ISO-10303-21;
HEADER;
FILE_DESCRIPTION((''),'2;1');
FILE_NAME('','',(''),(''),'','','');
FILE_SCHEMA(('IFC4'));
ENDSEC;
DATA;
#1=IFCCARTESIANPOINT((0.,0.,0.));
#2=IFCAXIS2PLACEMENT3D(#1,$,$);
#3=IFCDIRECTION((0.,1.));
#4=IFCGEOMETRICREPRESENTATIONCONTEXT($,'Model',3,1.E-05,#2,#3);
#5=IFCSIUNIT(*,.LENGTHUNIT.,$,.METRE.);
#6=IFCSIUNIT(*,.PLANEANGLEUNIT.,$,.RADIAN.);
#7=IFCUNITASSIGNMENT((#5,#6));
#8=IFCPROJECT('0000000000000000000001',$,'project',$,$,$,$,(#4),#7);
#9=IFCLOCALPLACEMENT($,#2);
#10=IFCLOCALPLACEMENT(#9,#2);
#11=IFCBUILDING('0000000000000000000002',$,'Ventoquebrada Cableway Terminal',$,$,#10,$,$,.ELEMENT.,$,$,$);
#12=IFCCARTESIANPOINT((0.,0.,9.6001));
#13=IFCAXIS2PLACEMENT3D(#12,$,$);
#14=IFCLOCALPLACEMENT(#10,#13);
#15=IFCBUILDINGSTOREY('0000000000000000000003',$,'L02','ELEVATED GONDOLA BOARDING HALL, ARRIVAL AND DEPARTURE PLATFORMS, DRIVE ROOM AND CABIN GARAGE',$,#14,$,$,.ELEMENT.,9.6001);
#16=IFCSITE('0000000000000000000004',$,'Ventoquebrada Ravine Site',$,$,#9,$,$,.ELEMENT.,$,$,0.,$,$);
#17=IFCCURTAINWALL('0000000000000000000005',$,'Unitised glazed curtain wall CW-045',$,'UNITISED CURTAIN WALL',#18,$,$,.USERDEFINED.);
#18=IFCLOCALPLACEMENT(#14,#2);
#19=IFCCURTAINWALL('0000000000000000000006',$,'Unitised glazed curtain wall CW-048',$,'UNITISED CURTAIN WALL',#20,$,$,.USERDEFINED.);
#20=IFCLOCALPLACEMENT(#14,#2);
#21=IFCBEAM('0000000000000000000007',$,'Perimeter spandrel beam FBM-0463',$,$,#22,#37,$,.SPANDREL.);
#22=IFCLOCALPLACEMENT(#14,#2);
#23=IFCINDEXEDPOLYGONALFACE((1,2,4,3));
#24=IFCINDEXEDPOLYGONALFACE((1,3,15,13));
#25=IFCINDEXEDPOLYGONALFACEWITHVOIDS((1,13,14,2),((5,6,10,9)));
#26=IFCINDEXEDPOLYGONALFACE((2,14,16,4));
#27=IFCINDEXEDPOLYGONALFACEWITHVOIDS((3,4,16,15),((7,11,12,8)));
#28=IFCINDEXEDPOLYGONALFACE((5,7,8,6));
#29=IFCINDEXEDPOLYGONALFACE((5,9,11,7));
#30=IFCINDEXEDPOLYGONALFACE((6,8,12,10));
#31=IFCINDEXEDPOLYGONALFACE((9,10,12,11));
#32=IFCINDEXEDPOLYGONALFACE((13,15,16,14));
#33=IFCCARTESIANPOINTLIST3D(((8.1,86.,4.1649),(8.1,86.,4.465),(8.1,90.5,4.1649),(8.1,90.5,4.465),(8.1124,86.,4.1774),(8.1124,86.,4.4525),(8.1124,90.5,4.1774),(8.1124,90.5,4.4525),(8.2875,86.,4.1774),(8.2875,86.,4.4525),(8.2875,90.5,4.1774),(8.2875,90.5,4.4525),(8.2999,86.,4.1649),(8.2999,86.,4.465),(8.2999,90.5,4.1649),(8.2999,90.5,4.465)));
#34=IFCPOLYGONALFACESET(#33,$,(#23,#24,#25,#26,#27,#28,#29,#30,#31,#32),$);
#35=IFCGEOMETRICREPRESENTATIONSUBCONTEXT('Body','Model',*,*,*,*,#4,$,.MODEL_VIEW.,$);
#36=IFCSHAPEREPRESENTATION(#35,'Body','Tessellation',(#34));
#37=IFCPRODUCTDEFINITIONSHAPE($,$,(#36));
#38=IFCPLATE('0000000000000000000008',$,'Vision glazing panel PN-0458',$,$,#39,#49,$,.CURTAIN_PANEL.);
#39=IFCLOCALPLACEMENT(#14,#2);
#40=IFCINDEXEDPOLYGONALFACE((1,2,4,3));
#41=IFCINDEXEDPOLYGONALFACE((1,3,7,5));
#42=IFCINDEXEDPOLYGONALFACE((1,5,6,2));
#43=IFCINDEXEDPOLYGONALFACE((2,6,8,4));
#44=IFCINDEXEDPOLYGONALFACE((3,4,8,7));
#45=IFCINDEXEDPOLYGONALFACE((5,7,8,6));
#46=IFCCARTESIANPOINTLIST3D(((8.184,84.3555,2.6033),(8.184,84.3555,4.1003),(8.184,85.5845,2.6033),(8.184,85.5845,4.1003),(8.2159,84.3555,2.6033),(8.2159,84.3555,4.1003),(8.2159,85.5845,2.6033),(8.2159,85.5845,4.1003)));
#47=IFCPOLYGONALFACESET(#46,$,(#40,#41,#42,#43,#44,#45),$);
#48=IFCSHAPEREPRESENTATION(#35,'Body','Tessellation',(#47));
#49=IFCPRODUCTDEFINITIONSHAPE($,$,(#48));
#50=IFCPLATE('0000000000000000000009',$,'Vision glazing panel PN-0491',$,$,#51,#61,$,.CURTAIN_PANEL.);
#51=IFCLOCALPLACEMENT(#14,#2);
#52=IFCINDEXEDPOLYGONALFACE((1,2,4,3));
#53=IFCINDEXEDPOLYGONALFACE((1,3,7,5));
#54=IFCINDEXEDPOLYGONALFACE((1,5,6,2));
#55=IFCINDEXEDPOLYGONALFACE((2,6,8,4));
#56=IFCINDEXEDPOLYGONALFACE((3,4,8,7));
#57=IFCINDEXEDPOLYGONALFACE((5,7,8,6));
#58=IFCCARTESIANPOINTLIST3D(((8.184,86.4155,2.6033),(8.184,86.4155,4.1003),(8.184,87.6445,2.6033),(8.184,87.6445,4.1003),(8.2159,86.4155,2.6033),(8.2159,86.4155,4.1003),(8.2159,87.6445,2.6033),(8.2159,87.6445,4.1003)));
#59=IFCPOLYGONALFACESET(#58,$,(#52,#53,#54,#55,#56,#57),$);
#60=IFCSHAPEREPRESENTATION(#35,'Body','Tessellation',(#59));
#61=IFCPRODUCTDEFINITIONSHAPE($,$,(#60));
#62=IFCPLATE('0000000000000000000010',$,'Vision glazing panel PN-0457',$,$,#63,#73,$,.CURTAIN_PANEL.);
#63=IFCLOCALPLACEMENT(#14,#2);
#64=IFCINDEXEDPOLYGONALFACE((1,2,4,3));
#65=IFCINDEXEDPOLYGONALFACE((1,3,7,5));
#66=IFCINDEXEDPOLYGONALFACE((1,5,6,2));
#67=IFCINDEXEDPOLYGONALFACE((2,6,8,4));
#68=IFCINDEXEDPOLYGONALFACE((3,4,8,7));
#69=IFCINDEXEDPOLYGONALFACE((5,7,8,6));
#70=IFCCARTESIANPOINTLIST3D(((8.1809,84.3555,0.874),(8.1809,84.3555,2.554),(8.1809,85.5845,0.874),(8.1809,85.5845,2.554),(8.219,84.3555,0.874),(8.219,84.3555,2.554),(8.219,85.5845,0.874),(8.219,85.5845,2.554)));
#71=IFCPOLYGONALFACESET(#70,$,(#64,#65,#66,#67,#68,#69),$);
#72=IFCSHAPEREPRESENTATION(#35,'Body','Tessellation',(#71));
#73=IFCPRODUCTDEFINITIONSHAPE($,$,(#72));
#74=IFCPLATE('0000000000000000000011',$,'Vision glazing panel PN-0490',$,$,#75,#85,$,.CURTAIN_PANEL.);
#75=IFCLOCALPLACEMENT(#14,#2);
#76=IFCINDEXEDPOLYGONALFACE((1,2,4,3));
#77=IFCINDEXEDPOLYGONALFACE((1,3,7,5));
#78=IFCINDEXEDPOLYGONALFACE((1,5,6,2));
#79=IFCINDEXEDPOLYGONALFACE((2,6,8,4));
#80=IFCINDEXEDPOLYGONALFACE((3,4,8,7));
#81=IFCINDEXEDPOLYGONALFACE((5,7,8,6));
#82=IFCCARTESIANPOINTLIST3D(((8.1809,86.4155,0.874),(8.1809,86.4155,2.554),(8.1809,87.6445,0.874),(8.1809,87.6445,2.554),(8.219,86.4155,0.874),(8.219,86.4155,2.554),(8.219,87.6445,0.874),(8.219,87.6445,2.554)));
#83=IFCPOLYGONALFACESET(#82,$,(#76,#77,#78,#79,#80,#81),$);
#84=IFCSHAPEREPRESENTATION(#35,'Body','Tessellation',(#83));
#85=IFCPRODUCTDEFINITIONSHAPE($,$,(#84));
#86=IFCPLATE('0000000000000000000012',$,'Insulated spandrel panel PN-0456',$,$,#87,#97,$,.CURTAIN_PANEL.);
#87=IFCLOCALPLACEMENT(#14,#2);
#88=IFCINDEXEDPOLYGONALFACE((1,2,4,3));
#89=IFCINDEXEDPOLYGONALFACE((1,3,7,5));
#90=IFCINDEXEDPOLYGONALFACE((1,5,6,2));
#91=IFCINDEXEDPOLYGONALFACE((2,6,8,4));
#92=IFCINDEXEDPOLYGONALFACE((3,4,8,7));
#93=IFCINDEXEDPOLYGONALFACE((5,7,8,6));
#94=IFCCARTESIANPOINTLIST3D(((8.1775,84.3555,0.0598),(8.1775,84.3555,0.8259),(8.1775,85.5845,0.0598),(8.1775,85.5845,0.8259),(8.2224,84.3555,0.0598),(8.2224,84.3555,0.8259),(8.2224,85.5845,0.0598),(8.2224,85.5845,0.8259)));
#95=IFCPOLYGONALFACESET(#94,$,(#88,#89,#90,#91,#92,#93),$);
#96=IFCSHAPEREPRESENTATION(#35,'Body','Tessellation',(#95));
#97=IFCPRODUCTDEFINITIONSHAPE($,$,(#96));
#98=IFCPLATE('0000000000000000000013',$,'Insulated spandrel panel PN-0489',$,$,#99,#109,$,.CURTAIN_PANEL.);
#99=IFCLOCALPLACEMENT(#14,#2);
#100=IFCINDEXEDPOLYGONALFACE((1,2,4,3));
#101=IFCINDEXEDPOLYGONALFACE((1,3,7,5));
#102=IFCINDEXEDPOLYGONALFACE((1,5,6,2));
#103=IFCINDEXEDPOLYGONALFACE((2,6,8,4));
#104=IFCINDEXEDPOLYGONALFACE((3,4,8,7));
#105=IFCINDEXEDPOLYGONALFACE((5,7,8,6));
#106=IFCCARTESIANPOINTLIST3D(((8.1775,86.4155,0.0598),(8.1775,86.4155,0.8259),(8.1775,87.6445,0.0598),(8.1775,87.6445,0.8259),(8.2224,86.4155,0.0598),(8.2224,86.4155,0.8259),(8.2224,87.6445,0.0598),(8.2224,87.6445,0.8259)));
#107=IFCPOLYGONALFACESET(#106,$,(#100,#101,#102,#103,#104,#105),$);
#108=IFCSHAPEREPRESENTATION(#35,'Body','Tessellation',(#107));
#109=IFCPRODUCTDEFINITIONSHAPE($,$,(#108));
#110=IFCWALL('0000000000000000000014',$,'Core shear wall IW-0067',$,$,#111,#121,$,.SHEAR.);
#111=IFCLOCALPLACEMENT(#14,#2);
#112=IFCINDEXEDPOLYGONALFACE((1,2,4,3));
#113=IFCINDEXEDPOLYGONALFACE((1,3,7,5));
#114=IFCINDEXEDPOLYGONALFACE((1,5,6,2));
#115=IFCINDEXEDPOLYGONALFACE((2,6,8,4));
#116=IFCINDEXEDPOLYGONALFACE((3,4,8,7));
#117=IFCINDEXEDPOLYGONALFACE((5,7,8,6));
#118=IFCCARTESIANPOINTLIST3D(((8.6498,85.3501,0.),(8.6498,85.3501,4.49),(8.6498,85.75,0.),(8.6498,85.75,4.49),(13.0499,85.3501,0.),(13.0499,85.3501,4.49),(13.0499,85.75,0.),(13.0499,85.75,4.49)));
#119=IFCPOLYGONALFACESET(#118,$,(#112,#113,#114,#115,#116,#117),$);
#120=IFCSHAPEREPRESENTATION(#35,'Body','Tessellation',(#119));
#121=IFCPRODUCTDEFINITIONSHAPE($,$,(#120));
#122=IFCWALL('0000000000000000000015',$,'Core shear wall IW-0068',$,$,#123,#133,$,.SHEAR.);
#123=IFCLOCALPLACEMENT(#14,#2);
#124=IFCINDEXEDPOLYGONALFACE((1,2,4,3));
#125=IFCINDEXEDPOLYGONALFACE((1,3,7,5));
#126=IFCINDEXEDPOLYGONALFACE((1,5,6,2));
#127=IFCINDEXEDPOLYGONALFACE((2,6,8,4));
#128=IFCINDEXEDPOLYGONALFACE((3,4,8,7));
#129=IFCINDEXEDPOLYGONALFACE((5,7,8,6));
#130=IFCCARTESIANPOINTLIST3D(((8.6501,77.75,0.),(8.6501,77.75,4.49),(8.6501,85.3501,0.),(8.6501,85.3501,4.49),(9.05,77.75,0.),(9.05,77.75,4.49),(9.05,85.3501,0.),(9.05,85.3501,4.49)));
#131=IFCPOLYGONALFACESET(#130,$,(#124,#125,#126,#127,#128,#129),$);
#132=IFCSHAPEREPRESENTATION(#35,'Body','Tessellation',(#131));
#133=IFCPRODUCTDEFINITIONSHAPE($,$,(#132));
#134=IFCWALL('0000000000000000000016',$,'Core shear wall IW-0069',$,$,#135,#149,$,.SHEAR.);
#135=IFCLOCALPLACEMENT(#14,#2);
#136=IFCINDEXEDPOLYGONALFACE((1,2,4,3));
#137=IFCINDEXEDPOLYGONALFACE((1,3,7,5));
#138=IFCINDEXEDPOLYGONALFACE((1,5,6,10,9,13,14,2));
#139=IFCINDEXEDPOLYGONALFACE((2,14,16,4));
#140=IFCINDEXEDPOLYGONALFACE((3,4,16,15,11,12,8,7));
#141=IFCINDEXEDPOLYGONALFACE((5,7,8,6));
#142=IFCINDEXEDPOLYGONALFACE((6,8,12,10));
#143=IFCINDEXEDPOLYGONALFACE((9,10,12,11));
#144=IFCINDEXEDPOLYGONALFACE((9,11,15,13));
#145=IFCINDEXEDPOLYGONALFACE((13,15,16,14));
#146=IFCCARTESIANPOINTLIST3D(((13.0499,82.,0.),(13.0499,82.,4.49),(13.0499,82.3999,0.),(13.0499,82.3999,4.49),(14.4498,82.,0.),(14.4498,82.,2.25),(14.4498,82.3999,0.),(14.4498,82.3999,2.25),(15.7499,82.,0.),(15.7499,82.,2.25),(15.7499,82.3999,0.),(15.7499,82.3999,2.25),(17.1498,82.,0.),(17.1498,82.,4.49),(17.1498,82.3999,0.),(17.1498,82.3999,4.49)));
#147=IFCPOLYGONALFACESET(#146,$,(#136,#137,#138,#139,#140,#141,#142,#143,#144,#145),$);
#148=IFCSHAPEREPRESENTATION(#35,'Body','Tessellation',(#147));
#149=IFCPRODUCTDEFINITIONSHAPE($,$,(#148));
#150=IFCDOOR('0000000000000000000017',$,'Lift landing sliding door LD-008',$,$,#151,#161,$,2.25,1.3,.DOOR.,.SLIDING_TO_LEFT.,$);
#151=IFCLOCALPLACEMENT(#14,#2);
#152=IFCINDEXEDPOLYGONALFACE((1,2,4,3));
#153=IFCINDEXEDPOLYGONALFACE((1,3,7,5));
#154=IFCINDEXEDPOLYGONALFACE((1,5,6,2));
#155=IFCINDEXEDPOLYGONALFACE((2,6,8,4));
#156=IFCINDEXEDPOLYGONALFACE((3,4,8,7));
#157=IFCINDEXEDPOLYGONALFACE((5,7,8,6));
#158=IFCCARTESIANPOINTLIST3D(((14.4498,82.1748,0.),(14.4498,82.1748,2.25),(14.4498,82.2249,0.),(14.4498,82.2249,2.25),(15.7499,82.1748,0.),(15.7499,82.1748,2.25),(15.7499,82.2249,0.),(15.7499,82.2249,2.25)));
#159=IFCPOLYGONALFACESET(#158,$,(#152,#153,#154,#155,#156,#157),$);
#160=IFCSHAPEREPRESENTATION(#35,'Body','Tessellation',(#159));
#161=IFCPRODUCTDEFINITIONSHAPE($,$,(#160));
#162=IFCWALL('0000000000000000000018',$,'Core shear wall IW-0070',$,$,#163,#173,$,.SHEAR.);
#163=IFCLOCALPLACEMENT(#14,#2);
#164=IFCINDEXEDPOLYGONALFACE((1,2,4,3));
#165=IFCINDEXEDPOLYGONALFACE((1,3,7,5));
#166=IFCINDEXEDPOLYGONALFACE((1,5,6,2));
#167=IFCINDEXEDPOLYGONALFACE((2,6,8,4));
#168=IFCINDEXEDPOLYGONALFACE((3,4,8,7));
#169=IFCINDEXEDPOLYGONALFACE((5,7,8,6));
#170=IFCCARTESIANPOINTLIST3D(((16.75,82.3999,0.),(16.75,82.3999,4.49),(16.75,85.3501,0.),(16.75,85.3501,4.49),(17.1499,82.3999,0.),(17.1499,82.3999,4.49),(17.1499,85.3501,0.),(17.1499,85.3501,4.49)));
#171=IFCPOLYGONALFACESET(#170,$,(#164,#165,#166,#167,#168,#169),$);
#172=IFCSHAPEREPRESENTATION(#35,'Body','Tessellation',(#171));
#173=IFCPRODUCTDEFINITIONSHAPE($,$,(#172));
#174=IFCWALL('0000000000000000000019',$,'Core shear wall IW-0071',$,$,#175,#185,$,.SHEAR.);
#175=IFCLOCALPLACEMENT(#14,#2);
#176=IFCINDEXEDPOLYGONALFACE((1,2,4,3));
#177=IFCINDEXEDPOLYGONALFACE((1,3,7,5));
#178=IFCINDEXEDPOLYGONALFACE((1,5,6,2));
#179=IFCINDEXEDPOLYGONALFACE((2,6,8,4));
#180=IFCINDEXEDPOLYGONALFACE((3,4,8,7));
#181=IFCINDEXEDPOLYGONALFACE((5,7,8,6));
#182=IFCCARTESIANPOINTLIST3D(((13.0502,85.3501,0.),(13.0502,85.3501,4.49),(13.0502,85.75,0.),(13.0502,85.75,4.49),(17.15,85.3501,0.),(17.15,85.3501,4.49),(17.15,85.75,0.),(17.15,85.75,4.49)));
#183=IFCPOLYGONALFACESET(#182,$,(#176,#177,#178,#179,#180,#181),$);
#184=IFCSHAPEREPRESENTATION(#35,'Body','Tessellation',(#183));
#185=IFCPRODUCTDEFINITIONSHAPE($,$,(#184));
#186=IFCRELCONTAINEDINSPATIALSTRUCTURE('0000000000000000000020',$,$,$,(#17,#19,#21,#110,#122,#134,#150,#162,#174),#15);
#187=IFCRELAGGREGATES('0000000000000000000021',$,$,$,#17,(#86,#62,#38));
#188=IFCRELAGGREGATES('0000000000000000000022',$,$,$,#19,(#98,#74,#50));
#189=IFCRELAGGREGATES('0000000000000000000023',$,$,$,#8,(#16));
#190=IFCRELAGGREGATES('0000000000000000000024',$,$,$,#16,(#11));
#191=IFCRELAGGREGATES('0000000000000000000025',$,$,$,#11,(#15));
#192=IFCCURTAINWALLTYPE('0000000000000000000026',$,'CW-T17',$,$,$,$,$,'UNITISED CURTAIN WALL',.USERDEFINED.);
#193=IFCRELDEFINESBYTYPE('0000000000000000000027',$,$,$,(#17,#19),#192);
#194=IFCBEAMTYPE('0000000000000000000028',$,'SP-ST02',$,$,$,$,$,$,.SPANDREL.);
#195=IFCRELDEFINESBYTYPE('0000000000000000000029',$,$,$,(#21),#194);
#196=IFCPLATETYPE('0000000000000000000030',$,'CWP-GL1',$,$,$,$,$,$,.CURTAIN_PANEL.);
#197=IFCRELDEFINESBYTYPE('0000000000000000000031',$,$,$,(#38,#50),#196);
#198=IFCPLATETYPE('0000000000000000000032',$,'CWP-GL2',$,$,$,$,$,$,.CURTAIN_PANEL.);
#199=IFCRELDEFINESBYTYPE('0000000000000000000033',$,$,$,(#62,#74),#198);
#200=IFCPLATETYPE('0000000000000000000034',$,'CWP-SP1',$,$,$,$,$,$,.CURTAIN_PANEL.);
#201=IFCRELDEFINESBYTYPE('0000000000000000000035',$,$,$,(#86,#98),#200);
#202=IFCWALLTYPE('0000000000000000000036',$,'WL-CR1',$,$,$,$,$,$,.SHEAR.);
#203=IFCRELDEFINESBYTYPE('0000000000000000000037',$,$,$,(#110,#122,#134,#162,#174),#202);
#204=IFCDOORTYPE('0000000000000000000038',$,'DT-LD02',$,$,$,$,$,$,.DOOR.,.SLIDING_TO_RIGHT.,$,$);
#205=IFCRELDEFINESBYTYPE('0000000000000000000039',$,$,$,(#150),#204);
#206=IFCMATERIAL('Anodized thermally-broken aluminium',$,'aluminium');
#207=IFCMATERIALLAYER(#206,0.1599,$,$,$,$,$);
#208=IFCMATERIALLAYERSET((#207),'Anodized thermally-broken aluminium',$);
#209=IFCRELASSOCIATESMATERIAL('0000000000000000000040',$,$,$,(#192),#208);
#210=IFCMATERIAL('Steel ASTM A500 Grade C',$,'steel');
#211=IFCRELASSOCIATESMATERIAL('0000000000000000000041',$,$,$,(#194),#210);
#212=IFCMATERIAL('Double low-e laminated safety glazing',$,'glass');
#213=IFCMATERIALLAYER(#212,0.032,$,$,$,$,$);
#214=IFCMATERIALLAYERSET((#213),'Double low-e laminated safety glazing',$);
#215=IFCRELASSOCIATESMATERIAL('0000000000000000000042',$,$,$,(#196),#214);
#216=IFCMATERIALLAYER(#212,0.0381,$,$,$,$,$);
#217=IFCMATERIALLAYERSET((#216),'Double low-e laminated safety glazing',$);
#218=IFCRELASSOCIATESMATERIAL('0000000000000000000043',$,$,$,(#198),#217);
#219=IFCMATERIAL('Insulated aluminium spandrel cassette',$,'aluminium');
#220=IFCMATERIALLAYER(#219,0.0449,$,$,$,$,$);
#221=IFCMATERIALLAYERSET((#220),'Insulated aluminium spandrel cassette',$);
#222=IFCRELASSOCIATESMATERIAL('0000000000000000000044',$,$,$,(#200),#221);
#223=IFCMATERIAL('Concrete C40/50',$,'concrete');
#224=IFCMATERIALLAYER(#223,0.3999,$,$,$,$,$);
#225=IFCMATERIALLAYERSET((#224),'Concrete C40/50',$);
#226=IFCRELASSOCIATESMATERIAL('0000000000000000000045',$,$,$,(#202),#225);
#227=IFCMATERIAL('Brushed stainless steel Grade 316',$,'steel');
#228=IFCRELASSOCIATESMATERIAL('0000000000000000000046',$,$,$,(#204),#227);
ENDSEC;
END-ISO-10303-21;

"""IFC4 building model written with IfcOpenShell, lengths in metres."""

from ifc_helpers import new_model, si_unit, direction, frame, frame_2d, origin, origin_2d, place, context, subcontext, project, spatial, rectangle, hollow_rectangle, extrude, material, layer, layer_set, material_profile, profile_set, type_object, element, fill, aggregate, save


model = new_model("IFC4")

# Units and contexts
model_context = context("Model", 3, precision=1e-05, world=origin(), true_north=direction((0.0, 1.0)))
body_context = subcontext(model_context, "Body", "Model", "MODEL_VIEW")
ifc_project = project(units=[si_unit("LENGTHUNIT", "METRE"), si_unit("PLANEANGLEUNIT", "RADIAN")], contexts=[model_context])

# Site, building, storey
site_placement = place(None, origin())
site = spatial("IfcSite", under=ifc_project, at=site_placement, Name="Ventoquebrada Ravine Site", CompositionType="ELEMENT", RefElevation=0.0)
building_placement = place(site_placement, origin())
building = spatial("IfcBuilding", under=site, at=building_placement, Name="Ventoquebrada Cableway Terminal", CompositionType="ELEMENT")
storey_placement = place(building_placement, frame((0.0, 0.0, 9.6001)))
storey = spatial("IfcBuildingStorey", under=building, at=storey_placement, Name="L02", Description="ELEVATED GONDOLA BOARDING HALL, ARRIVAL AND DEPARTURE PLATFORMS, DRIVE ROOM AND CABIN GARAGE", CompositionType="ELEMENT", Elevation=9.6001)

# Shared definitions
ifc_material_1 = material(Name="Concrete C40/50", Category="concrete")

# Curtain walls
ifc_material_2 = material(Name="Anodized thermally-broken aluminium", Category="aluminium")
ifc_layer_1 = layer(ifc_material_2, 0.1599)
ifc_layer_set_1 = layer_set([ifc_layer_1], Name="Anodized thermally-broken aluminium")
curtain_wall_type = type_object("IfcCurtainWallType", Name="CW-T17", ElementType="UNITISED CURTAIN WALL", PredefinedType="USERDEFINED", material=ifc_layer_set_1)
curtain_wall_1_placement = place(storey_placement, origin())
curtain_wall_1 = element("IfcCurtainWall", 1, at=curtain_wall_1_placement, inside=storey, type_object=curtain_wall_type, Name="Unitised glazed curtain wall CW-045", ObjectType="UNITISED CURTAIN WALL", PredefinedType="USERDEFINED")
curtain_wall_2_placement = place(storey_placement, origin())
curtain_wall_2 = element("IfcCurtainWall", 2, at=curtain_wall_2_placement, inside=storey, type_object=curtain_wall_type, Name="Unitised glazed curtain wall CW-048", ObjectType="UNITISED CURTAIN WALL", PredefinedType="USERDEFINED")

# Beam
ifc_material_3 = material(Name="Steel ASTM A500 Grade C", Category="steel")
ifc_material_profile_1 = material_profile(ifc_material_3, hollow_rectangle(XDim=0.2, YDim=0.3, WallThickness=0.0125, at=origin_2d()), Name="RHS300X200X12.5")
ifc_profile_set_1 = profile_set([ifc_material_profile_1], Name="Steel ASTM A500 Grade C")
beam_type_1 = type_object("IfcBeamType", Name="SP-ST02", PredefinedType="SPANDREL", material=ifc_profile_set_1)
beam_1_placement = place(storey_placement, frame((8.2, 86.0, 4.3149), z_axis=(0.0, 1.0, 0.0), x_axis=(-1.0, 0.0, 0.0)))
element("IfcBeam", 3, at=beam_1_placement, inside=storey, type_object=beam_type_1, Name="Perimeter spandrel beam FBM-0463", PredefinedType="SPANDREL", context=body_context, shape_type="SweptSolid", body=[
    extrude(hollow_rectangle(XDim=0.2, YDim=0.3, WallThickness=0.0125, at=origin_2d()), origin(), (0.0, 0.0, 1.0), 4.5),
])

# Plates
ifc_material_4 = material(Name="Double low-e laminated safety glazing", Category="glass")
ifc_layer_2 = layer(ifc_material_4, 0.032)
ifc_layer_set_2 = layer_set([ifc_layer_2], Name="Double low-e laminated safety glazing")
plate_type_1 = type_object("IfcPlateType", Name="CWP-GL1", PredefinedType="CURTAIN_PANEL", material=ifc_layer_set_2)
plate_1_placement = place(storey_placement, frame((8.2, 84.97, 2.6033), z_axis=(0.0, 0.0, 1.0), x_axis=(0.0, -1.0, 0.0)))
plate_1 = element("IfcPlate", 4, at=plate_1_placement, type_object=plate_type_1, Name="Vision glazing panel PN-0458", PredefinedType="CURTAIN_PANEL", context=body_context, shape_type="SweptSolid", body=[
    extrude(rectangle(XDim=1.229, YDim=0.032, at=origin_2d()), origin(), (0.0, 0.0, 1.0), 1.4971),
])
plate_2_placement = place(storey_placement, frame((8.2, 87.03, 2.6033), z_axis=(0.0, 0.0, 1.0), x_axis=(0.0, -1.0, 0.0)))
plate_2 = element("IfcPlate", 5, at=plate_2_placement, type_object=plate_type_1, Name="Vision glazing panel PN-0491", PredefinedType="CURTAIN_PANEL", context=body_context, shape_type="SweptSolid", body=[
    extrude(rectangle(XDim=1.229, YDim=0.032, at=origin_2d()), origin(), (0.0, 0.0, 1.0), 1.4971),
])
ifc_layer_3 = layer(ifc_material_4, 0.0381)
ifc_layer_set_3 = layer_set([ifc_layer_3], Name="Double low-e laminated safety glazing")
plate_type_2 = type_object("IfcPlateType", Name="CWP-GL2", PredefinedType="CURTAIN_PANEL", material=ifc_layer_set_3)
plate_3_placement = place(storey_placement, frame((8.2, 84.97, 0.874), z_axis=(0.0, 0.0, 1.0), x_axis=(0.0, -1.0, 0.0)))
plate_3 = element("IfcPlate", 6, at=plate_3_placement, type_object=plate_type_2, Name="Vision glazing panel PN-0457", PredefinedType="CURTAIN_PANEL", context=body_context, shape_type="SweptSolid", body=[
    extrude(rectangle(XDim=1.229, YDim=0.0381, at=origin_2d()), origin(), (0.0, 0.0, 1.0), 1.6799),
])
plate_4_placement = place(storey_placement, frame((8.2, 87.03, 0.874), z_axis=(0.0, 0.0, 1.0), x_axis=(0.0, -1.0, 0.0)))
plate_4 = element("IfcPlate", 7, at=plate_4_placement, type_object=plate_type_2, Name="Vision glazing panel PN-0490", PredefinedType="CURTAIN_PANEL", context=body_context, shape_type="SweptSolid", body=[
    extrude(rectangle(XDim=1.229, YDim=0.0381, at=origin_2d()), origin(), (0.0, 0.0, 1.0), 1.6799),
])
ifc_material_5 = material(Name="Insulated aluminium spandrel cassette", Category="aluminium")
ifc_layer_4 = layer(ifc_material_5, 0.0449)
ifc_layer_set_4 = layer_set([ifc_layer_4], Name="Insulated aluminium spandrel cassette")
plate_type_3 = type_object("IfcPlateType", Name="CWP-SP1", PredefinedType="CURTAIN_PANEL", material=ifc_layer_set_4)
plate_5_placement = place(storey_placement, frame((8.2, 84.97, 0.0598), z_axis=(0.0, 0.0, 1.0), x_axis=(0.0, -1.0, 0.0)))
plate_5 = element("IfcPlate", 8, at=plate_5_placement, type_object=plate_type_3, Name="Insulated spandrel panel PN-0456", PredefinedType="CURTAIN_PANEL", context=body_context, shape_type="SweptSolid", body=[
    extrude(rectangle(XDim=1.229, YDim=0.0449, at=origin_2d()), origin(), (0.0, 0.0, 1.0), 0.7661),
])
aggregate(curtain_wall_1, [plate_5, plate_3, plate_1])
plate_6_placement = place(storey_placement, frame((8.2, 87.03, 0.0598), z_axis=(0.0, 0.0, 1.0), x_axis=(0.0, -1.0, 0.0)))
plate_6 = element("IfcPlate", 9, at=plate_6_placement, type_object=plate_type_3, Name="Insulated spandrel panel PN-0489", PredefinedType="CURTAIN_PANEL", context=body_context, shape_type="SweptSolid", body=[
    extrude(rectangle(XDim=1.229, YDim=0.0449, at=origin_2d()), origin(), (0.0, 0.0, 1.0), 0.7661),
])
aggregate(curtain_wall_2, [plate_6, plate_4, plate_2])

# Walls
ifc_layer_5 = layer(ifc_material_1, 0.3999)
ifc_layer_set_5 = layer_set([ifc_layer_5], Name="Concrete C40/50")
wall_type = type_object("IfcWallType", Name="WL-CR1", PredefinedType="SHEAR", material=ifc_layer_set_5)
wall_1_placement = place(storey_placement, frame((13.05, 85.55, 0.0), z_axis=(0.0, 0.0, 1.0), x_axis=(-1.0, 0.0, 0.0)))
element("IfcWall", 10, at=wall_1_placement, inside=storey, type_object=wall_type, Name="Core shear wall IW-0067", PredefinedType="SHEAR", context=body_context, shape_type="SweptSolid", body=[
    extrude(rectangle(XDim=4.4001, YDim=0.3999, at=frame_2d((2.2002, 0.0))), origin(), (0.0, 0.0, 1.0), 4.49),
])
wall_2_placement = place(storey_placement, frame((8.8501, 85.3501, 0.0), z_axis=(0.0, 0.0, 1.0), x_axis=(0.0, -1.0, 0.0)))
element("IfcWall", 11, at=wall_2_placement, inside=storey, type_object=wall_type, Name="Core shear wall IW-0068", PredefinedType="SHEAR", context=body_context, shape_type="SweptSolid", body=[
    extrude(rectangle(XDim=7.6001, YDim=0.3999, at=frame_2d((3.8, 0.0))), origin(), (0.0, 0.0, 1.0), 4.49),
])

# Wall, opening, door
wall_3_placement = place(storey_placement, frame((13.05, 82.2, 0.0), z_axis=(0.0, 0.0, 1.0), x_axis=(1.0, 0.0, 0.0)))
wall_3 = element("IfcWall", 12, at=wall_3_placement, inside=storey, type_object=wall_type, Name="Core shear wall IW-0069", PredefinedType="SHEAR", context=body_context, shape_type="SweptSolid", body=[
    extrude(rectangle(XDim=4.0999, YDim=0.3999, at=frame_2d((2.0498, 0.0))), origin(), (0.0, 0.0, 1.0), 4.49),
])
opening_placement = place(wall_3_placement, frame((1.3999, 0.0, 0.0)))
opening = element("IfcOpeningElement", 13, at=opening_placement, cuts=wall_3, PredefinedType="OPENING", context=body_context, shape_type="SweptSolid", body=[
    extrude(rectangle(XDim=1.3, YDim=2.25, at=frame_2d((0.6499, 1.125))), frame((0.0, 0.21, 0.0), z_axis=(0.0, -1.0, 0.0), x_axis=(1.0, 0.0, 0.0)), (0.0, 0.0, 1.0), 0.4199),
])
ifc_material_6 = material(Name="Brushed stainless steel Grade 316", Category="steel")
door_type = type_object("IfcDoorType", Name="DT-LD02", OperationType="SLIDING_TO_RIGHT", PredefinedType="DOOR", material=ifc_material_6)
door_placement = place(opening_placement, origin())
door = element("IfcDoor", 14, at=door_placement, inside=storey, type_object=door_type, Name="Lift landing sliding door LD-008", OperationType="SLIDING_TO_LEFT", OverallHeight=2.25, OverallWidth=1.3, PredefinedType="DOOR", context=body_context, shape_type="SweptSolid", body=[
    extrude(rectangle(XDim=1.3, YDim=2.25, at=frame_2d((0.6499, 1.125))), frame((0.0, 0.0249, 0.0), z_axis=(0.0, -1.0, 0.0), x_axis=(1.0, 0.0, 0.0)), (0.0, 0.0, 1.0), 0.05),
])
fill(opening, door)

# Walls
wall_4_placement = place(storey_placement, frame((16.95, 82.3999, 0.0), z_axis=(0.0, 0.0, 1.0), x_axis=(0.0, 1.0, 0.0)))
element("IfcWall", 15, at=wall_4_placement, inside=storey, type_object=wall_type, Name="Core shear wall IW-0070", PredefinedType="SHEAR", context=body_context, shape_type="SweptSolid", body=[
    extrude(rectangle(XDim=2.9502, YDim=0.3999, at=frame_2d((1.4751, 0.0))), origin(), (0.0, 0.0, 1.0), 4.49),
])
wall_5_placement = place(storey_placement, frame((17.1499, 85.55, 0.0), z_axis=(0.0, 0.0, 1.0), x_axis=(-1.0, 0.0, 0.0)))
element("IfcWall", 16, at=wall_5_placement, inside=storey, type_object=wall_type, Name="Core shear wall IW-0071", PredefinedType="SHEAR", context=body_context, shape_type="SweptSolid", body=[
    extrude(rectangle(XDim=4.0999, YDim=0.3999, at=frame_2d((2.0498, 0.0))), origin(), (0.0, 0.0, 1.0), 4.49),
])

save(model, "model.ifc")
